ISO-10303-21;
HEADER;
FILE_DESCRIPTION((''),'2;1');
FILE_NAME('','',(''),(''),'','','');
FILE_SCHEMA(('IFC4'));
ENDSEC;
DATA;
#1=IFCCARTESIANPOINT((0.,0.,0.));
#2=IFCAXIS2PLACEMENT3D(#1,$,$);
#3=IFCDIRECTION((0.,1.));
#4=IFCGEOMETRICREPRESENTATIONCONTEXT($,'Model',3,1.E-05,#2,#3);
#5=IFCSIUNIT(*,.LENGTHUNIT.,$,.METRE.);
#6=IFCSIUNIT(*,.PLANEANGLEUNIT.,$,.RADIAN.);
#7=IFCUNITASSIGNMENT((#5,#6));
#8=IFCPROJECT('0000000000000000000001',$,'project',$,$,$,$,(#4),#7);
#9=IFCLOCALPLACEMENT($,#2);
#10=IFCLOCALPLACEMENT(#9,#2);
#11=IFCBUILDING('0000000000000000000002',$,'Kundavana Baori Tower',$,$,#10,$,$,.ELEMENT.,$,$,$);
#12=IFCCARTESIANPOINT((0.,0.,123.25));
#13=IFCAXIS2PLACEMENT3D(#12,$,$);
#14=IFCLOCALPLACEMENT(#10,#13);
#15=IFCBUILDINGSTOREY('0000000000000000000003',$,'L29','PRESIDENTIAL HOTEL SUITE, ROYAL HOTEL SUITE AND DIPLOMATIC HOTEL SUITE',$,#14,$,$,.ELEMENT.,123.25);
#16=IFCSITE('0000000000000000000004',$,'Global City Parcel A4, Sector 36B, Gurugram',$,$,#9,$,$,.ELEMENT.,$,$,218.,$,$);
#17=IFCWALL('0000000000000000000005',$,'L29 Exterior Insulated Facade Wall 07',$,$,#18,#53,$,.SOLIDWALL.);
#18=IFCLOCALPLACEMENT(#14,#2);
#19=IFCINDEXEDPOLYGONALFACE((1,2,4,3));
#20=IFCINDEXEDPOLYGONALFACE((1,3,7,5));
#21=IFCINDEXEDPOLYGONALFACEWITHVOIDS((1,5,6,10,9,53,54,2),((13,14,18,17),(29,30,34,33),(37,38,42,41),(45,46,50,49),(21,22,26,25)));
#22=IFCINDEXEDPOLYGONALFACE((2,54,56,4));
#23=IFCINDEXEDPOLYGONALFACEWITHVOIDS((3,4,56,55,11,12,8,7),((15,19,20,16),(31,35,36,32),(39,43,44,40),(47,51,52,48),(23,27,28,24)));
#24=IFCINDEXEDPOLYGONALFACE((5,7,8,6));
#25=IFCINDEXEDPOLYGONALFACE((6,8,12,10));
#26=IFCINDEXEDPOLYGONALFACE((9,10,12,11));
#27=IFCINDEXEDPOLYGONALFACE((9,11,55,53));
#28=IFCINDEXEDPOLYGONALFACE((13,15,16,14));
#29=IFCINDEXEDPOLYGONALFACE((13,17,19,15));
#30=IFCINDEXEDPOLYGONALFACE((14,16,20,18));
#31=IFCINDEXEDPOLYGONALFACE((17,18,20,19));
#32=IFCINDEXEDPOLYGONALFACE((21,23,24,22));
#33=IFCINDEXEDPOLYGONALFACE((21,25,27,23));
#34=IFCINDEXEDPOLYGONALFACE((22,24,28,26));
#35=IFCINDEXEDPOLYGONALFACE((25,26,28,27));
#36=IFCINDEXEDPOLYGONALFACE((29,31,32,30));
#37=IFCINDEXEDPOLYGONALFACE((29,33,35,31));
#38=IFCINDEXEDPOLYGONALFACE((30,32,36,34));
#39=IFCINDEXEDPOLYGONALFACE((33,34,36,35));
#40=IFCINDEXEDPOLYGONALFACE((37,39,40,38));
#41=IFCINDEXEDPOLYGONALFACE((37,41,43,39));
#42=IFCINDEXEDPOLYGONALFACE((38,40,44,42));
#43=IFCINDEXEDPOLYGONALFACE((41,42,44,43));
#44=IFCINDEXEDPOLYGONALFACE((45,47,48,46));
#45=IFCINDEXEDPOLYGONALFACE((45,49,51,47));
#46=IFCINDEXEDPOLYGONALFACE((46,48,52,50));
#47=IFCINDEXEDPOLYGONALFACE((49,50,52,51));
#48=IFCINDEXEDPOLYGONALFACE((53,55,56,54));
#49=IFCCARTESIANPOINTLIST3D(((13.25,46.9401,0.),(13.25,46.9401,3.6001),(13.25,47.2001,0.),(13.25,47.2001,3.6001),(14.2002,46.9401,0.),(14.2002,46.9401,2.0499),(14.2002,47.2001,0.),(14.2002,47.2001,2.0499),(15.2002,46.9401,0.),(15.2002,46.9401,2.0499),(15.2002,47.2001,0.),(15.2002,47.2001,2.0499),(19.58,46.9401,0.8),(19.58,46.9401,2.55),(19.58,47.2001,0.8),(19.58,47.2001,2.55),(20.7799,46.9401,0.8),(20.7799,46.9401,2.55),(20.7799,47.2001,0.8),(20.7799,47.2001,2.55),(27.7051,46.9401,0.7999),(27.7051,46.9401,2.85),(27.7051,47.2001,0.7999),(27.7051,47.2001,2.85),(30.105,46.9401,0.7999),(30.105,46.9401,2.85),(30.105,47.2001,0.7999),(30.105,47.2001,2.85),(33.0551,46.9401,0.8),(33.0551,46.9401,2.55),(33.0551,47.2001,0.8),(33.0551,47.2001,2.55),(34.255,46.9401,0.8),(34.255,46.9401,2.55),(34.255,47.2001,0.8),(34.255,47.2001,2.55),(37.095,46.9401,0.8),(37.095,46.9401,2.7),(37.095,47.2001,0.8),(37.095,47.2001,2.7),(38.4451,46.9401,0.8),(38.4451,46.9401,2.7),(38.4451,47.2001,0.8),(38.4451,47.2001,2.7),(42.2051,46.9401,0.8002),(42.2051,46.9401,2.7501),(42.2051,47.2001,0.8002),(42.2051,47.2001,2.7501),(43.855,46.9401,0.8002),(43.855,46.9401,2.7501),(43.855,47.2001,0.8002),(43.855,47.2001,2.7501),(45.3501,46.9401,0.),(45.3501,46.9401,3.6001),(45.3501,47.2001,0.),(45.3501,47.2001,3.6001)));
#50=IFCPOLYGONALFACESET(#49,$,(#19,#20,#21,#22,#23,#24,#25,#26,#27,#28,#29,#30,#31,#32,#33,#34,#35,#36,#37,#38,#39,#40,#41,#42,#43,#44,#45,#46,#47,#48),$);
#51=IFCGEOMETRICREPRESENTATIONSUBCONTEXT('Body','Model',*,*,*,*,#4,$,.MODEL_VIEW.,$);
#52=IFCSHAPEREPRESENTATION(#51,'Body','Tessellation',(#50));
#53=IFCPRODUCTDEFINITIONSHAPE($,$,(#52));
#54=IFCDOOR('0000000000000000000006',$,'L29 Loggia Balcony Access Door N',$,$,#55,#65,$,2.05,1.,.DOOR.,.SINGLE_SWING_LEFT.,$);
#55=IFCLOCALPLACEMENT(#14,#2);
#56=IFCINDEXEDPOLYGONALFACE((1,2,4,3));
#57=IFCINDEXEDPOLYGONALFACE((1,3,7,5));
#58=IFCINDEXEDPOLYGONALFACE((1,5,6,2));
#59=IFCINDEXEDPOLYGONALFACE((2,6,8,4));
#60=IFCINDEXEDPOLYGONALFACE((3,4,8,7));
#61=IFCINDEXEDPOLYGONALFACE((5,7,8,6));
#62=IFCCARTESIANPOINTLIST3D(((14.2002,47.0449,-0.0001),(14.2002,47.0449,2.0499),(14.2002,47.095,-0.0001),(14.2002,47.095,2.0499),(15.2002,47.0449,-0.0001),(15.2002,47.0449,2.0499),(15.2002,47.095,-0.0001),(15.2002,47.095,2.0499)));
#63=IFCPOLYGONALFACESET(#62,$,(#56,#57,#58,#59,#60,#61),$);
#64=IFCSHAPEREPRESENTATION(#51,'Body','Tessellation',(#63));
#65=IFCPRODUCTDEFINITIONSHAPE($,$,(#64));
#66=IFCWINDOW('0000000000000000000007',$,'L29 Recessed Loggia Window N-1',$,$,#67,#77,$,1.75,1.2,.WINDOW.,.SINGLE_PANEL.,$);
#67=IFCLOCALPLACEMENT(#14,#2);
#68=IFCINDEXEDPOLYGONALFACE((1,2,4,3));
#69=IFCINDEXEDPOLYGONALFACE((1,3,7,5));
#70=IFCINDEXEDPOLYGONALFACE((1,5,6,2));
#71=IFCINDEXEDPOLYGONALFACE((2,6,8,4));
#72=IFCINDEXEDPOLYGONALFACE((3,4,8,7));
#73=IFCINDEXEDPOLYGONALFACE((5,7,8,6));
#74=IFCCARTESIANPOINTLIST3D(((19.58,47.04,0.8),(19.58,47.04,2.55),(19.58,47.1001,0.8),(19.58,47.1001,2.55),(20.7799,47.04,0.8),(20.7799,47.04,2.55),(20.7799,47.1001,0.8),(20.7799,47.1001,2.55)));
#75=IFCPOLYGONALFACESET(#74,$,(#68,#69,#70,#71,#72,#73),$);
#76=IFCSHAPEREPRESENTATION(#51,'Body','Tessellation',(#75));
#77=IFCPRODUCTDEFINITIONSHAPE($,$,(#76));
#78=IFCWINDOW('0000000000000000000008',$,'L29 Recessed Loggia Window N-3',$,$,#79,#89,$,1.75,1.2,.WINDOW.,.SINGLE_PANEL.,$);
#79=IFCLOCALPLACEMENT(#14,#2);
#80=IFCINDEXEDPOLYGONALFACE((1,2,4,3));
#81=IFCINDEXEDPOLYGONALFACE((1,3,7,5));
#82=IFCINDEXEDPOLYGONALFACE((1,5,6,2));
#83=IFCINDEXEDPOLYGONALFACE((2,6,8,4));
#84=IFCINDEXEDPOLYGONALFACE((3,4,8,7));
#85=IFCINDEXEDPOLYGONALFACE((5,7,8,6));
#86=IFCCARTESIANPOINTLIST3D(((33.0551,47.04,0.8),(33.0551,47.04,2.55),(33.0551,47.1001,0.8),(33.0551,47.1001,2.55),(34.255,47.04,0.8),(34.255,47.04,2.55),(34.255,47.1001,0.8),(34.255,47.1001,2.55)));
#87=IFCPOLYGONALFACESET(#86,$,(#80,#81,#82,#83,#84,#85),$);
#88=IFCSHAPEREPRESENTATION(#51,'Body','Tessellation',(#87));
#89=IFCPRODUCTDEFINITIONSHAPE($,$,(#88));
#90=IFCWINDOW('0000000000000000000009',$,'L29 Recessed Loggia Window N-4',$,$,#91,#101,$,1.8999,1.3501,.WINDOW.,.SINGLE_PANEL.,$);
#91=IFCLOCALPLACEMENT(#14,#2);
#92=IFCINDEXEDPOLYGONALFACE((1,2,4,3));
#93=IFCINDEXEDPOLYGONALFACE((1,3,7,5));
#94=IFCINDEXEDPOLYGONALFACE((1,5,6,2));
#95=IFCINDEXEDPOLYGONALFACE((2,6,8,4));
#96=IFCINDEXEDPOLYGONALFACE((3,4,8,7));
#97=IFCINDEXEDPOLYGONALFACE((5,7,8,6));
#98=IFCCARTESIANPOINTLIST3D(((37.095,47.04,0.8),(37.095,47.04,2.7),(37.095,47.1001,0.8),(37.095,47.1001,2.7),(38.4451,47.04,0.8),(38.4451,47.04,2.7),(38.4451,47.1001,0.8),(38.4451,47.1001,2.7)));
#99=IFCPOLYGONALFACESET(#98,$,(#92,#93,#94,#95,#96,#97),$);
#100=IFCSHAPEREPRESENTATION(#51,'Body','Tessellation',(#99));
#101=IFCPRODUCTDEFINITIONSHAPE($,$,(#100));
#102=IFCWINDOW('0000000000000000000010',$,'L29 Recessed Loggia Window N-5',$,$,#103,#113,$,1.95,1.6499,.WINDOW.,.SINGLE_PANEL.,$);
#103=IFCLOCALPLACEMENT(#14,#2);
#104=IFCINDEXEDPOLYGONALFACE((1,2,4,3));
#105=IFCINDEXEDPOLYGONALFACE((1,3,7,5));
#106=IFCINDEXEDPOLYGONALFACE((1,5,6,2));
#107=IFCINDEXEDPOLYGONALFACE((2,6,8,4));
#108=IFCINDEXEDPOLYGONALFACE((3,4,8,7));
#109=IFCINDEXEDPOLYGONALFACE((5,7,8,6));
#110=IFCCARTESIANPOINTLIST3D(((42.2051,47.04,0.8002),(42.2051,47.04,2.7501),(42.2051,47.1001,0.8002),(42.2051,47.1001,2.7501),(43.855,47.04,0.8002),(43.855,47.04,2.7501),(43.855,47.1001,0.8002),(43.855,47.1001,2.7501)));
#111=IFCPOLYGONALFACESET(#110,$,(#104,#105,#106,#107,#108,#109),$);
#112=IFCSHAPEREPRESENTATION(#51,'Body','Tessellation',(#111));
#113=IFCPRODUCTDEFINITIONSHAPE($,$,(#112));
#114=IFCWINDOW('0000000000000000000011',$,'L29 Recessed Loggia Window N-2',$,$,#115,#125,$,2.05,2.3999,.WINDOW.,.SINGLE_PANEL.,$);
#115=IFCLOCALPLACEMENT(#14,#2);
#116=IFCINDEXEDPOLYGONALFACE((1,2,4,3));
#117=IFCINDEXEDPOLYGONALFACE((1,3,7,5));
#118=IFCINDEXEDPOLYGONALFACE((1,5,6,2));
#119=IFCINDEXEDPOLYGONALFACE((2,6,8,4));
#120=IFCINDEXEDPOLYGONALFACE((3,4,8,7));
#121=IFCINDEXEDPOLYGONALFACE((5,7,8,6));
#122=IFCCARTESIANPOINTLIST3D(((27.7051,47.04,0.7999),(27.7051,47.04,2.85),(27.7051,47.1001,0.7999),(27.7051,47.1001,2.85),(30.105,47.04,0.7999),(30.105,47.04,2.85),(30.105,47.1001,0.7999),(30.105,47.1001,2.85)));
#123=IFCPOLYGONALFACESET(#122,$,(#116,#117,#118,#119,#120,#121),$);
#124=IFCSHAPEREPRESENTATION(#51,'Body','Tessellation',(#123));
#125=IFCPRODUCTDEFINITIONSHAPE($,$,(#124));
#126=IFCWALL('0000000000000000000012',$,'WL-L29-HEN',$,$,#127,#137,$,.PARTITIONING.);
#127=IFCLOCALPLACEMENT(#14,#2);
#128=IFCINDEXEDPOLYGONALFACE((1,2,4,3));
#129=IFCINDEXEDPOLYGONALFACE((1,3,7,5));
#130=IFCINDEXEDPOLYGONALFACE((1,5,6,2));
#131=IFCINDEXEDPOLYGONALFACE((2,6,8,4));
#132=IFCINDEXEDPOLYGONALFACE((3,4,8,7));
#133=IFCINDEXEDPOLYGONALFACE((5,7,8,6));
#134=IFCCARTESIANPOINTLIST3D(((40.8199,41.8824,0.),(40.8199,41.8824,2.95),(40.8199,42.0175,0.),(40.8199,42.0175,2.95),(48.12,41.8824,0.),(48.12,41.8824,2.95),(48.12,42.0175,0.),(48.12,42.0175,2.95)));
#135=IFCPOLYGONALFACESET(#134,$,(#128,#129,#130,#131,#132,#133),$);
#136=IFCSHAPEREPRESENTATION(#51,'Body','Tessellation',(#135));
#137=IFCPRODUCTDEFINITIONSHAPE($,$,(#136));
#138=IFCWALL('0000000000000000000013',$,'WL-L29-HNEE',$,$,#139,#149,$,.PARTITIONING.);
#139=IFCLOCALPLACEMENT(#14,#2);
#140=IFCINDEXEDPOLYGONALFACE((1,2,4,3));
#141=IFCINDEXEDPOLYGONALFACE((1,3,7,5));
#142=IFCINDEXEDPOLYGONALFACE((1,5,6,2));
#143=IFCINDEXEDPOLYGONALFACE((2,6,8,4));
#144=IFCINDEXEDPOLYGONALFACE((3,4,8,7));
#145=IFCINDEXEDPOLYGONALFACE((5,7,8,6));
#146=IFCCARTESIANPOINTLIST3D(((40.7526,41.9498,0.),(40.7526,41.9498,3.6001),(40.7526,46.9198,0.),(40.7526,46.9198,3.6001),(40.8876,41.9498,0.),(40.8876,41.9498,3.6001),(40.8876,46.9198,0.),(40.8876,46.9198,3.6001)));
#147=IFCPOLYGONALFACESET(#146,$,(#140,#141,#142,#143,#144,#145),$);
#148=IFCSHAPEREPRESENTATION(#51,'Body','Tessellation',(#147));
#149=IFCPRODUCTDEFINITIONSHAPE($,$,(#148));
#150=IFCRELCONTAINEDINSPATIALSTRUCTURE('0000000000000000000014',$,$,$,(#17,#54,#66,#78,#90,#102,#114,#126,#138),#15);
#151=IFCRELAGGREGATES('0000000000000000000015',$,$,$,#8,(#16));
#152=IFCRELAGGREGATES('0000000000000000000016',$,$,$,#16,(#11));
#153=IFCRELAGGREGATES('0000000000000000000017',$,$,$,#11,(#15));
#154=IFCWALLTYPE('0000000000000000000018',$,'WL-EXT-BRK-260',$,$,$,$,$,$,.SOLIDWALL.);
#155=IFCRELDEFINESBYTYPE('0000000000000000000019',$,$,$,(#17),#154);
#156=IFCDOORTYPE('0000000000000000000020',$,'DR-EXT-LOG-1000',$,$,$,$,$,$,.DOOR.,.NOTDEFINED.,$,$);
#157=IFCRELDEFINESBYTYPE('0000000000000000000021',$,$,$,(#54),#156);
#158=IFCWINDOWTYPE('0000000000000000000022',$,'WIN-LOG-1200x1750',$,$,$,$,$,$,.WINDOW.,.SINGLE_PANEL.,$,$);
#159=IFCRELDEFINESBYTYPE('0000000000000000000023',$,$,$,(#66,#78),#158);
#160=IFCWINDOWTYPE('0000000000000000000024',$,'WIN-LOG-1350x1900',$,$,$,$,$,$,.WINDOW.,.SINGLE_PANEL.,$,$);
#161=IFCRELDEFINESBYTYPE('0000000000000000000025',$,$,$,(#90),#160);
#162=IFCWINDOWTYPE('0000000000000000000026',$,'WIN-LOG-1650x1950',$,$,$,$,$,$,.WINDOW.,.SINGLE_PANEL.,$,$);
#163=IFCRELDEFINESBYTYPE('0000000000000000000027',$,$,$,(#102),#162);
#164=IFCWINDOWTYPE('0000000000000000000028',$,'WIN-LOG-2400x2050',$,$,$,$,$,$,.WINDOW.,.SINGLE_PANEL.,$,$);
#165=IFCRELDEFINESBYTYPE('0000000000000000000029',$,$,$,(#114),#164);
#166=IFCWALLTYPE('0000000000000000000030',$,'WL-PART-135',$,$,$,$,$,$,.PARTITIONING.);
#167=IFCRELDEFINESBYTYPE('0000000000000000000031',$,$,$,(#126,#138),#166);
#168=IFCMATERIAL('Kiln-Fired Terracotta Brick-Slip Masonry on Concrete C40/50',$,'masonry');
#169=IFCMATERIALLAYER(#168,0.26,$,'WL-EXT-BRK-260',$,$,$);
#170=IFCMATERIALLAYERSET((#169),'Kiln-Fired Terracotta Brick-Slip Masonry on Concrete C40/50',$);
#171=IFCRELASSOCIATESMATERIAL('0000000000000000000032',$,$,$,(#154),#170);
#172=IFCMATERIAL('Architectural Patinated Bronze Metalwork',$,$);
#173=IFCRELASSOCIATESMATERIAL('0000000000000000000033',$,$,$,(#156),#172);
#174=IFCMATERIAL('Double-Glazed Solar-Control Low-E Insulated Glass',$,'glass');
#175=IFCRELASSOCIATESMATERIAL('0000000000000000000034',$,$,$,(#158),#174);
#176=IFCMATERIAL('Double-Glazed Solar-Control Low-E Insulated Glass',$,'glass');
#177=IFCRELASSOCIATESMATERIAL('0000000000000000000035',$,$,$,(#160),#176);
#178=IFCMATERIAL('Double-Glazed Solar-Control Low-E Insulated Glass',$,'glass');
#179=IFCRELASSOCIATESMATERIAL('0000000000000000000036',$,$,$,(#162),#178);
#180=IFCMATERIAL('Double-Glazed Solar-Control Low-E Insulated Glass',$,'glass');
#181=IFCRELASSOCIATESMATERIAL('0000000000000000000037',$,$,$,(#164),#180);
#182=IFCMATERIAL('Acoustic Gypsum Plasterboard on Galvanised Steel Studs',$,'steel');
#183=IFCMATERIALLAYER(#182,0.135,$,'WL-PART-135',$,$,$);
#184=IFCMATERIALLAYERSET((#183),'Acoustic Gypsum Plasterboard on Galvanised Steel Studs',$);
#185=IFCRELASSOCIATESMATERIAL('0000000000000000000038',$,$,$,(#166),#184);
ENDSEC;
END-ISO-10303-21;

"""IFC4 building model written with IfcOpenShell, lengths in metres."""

from ifc_helpers import new_model, si_unit, direction, frame, frame_2d, origin, place, context, subcontext, project, spatial, rectangle, extrude, material, layer, layer_set, type_object, element, fill, save


model = new_model("IFC4")

# Units and contexts
model_context = context("Model", 3, precision=1e-05, world=origin(), true_north=direction((0.0, 1.0)))
body_context = subcontext(model_context, "Body", "Model", "MODEL_VIEW")
ifc_project = project(units=[si_unit("LENGTHUNIT", "METRE"), si_unit("PLANEANGLEUNIT", "RADIAN")], contexts=[model_context])

# Site, building, storey
site_placement = place(None, origin())
site = spatial("IfcSite", under=ifc_project, at=site_placement, Name="Global City Parcel A4, Sector 36B, Gurugram", CompositionType="ELEMENT", RefElevation=218.0)
building_placement = place(site_placement, origin())
building = spatial("IfcBuilding", under=site, at=building_placement, Name="Kundavana Baori Tower", CompositionType="ELEMENT")
storey_placement = place(building_placement, frame((0.0, 0.0, 123.25)))
storey = spatial("IfcBuildingStorey", under=building, at=storey_placement, Name="L29", Description="PRESIDENTIAL HOTEL SUITE, ROYAL HOTEL SUITE AND DIPLOMATIC HOTEL SUITE", CompositionType="ELEMENT", Elevation=123.25)

# Shared definitions
ifc_material_1 = material(Name="Kiln-Fired Terracotta Brick-Slip Masonry on Concrete C40/50", Category="masonry")
ifc_layer_1 = layer(ifc_material_1, 0.26, Name="WL-EXT-BRK-260")
ifc_layer_set_1 = layer_set([ifc_layer_1], Name="Kiln-Fired Terracotta Brick-Slip Masonry on Concrete C40/50")
wall_type_1 = type_object("IfcWallType", Name="WL-EXT-BRK-260", PredefinedType="SOLIDWALL", material=ifc_layer_set_1)

# Wall, openings, door, windows
wall_1_placement = place(storey_placement, frame((45.3501, 47.0701, 0.0), z_axis=(0.0, 0.0, 1.0), x_axis=(-1.0, 0.0, 0.0)))
wall_1 = element("IfcWall", 1, at=wall_1_placement, inside=storey, type_object=wall_type_1, Name="L29 Exterior Insulated Facade Wall 07", PredefinedType="SOLIDWALL", context=body_context, shape_type="SweptSolid", body=[
    extrude(rectangle(XDim=32.1001, YDim=0.26, at=frame_2d((16.05, 0.0))), origin(), (0.0, 0.0, 1.0), 3.6001),
])
opening_1_placement = place(wall_1_placement, frame((30.1499, 0.0, 0.0)))
opening_1 = element("IfcOpeningElement", 2, at=opening_1_placement, cuts=wall_1, PredefinedType="OPENING", context=body_context, shape_type="SweptSolid", body=[
    extrude(rectangle(XDim=1.0, YDim=2.05, at=frame_2d((0.5, 1.0249))), frame((0.0, 0.1401, 0.0), z_axis=(0.0, -1.0, 0.0), x_axis=(1.0, 0.0, 0.0)), (0.0, 0.0, 1.0), 0.28),
])
opening_2_placement = place(wall_1_placement, frame((24.5701, 0.0, 0.8)))
opening_2 = element("IfcOpeningElement", 3, at=opening_2_placement, cuts=wall_1, PredefinedType="OPENING", context=body_context, shape_type="SweptSolid", body=[
    extrude(rectangle(XDim=1.2, YDim=1.75, at=frame_2d((0.6001, 0.875))), frame((0.0, 0.1401, 0.0), z_axis=(0.0, -1.0, 0.0), x_axis=(1.0, 0.0, 0.0)), (0.0, 0.0, 1.0), 0.28),
])
opening_3_placement = place(wall_1_placement, frame((15.2451, 0.0, 0.8)))
opening_3 = element("IfcOpeningElement", 4, at=opening_3_placement, cuts=wall_1, PredefinedType="OPENING", context=body_context, shape_type="SweptSolid", body=[
    extrude(rectangle(XDim=2.3999, YDim=2.05, at=frame_2d((1.2, 1.0249))), frame((0.0, 0.1401, 0.0), z_axis=(0.0, -1.0, 0.0), x_axis=(1.0, 0.0, 0.0)), (0.0, 0.0, 1.0), 0.28),
])
opening_4_placement = place(wall_1_placement, frame((11.095, 0.0, 0.8)))
opening_4 = element("IfcOpeningElement", 5, at=opening_4_placement, cuts=wall_1, PredefinedType="OPENING", context=body_context, shape_type="SweptSolid", body=[
    extrude(rectangle(XDim=1.2, YDim=1.75, at=frame_2d((0.6001, 0.875))), frame((0.0, 0.1401, 0.0), z_axis=(0.0, -1.0, 0.0), x_axis=(1.0, 0.0, 0.0)), (0.0, 0.0, 1.0), 0.28),
])
opening_5_placement = place(wall_1_placement, frame((6.905, 0.0, 0.8)))
opening_5 = element("IfcOpeningElement", 6, at=opening_5_placement, cuts=wall_1, PredefinedType="OPENING", context=body_context, shape_type="SweptSolid", body=[
    extrude(rectangle(XDim=1.3501, YDim=1.8999, at=frame_2d((0.675, 0.95))), frame((0.0, 0.1401, 0.0), z_axis=(0.0, -1.0, 0.0), x_axis=(1.0, 0.0, 0.0)), (0.0, 0.0, 1.0), 0.28),
])
opening_6_placement = place(wall_1_placement, frame((1.4951, 0.0, 0.8)))
opening_6 = element("IfcOpeningElement", 7, at=opening_6_placement, cuts=wall_1, PredefinedType="OPENING", context=body_context, shape_type="SweptSolid", body=[
    extrude(rectangle(XDim=1.6499, YDim=1.95, at=frame_2d((0.825, 0.9751))), frame((0.0, 0.1401, 0.0), z_axis=(0.0, -1.0, 0.0), x_axis=(1.0, 0.0, 0.0)), (0.0, 0.0, 1.0), 0.28),
])
ifc_material_2 = material(Name="Architectural Patinated Bronze Metalwork")
door_type_1 = type_object("IfcDoorType", Name="DR-EXT-LOG-1000", OperationType="NOTDEFINED", PredefinedType="DOOR", material=ifc_material_2)
door_1_placement = place(opening_1_placement, frame((1.0, 0.0, 0.0), z_axis=(0.0, 0.0, 1.0), x_axis=(-1.0, 0.0, 0.0)))
door_1 = element("IfcDoor", 8, at=door_1_placement, inside=storey, type_object=door_type_1, Name="L29 Loggia Balcony Access Door N", OperationType="SINGLE_SWING_LEFT", OverallHeight=2.05, OverallWidth=1.0, PredefinedType="DOOR", context=body_context, shape_type="SweptSolid", body=[
    extrude(rectangle(XDim=1.0, YDim=2.05, at=frame_2d((0.5, 1.0249))), frame((0.0, 0.0249, 0.0), z_axis=(0.0, -1.0, 0.0), x_axis=(1.0, 0.0, 0.0)), (0.0, 0.0, 1.0), 0.05),
])
fill(opening_1, door_1)
ifc_material_3 = material(Name="Double-Glazed Solar-Control Low-E Insulated Glass", Category="glass")
window_type_1 = type_object("IfcWindowType", Name="WIN-LOG-1200x1750", PartitioningType="SINGLE_PANEL", PredefinedType="WINDOW", material=ifc_material_3)
window_1_placement = place(opening_2_placement, origin())
window_1 = element("IfcWindow", 9, at=window_1_placement, inside=storey, type_object=window_type_1, Name="L29 Recessed Loggia Window N-1", OverallHeight=1.75, OverallWidth=1.2, PartitioningType="SINGLE_PANEL", PredefinedType="WINDOW", context=body_context, shape_type="SweptSolid", body=[
    extrude(rectangle(XDim=1.2, YDim=1.75, at=frame_2d((0.6001, 0.875))), frame((0.0, 0.03, 0.0), z_axis=(0.0, -1.0, 0.0), x_axis=(1.0, 0.0, 0.0)), (0.0, 0.0, 1.0), 0.0601),
])
fill(opening_2, window_1)
window_2_placement = place(opening_4_placement, origin())
window_2 = element("IfcWindow", 10, at=window_2_placement, inside=storey, type_object=window_type_1, Name="L29 Recessed Loggia Window N-3", OverallHeight=1.75, OverallWidth=1.2, PartitioningType="SINGLE_PANEL", PredefinedType="WINDOW", context=body_context, shape_type="SweptSolid", body=[
    extrude(rectangle(XDim=1.2, YDim=1.75, at=frame_2d((0.6001, 0.875))), frame((0.0, 0.03, 0.0), z_axis=(0.0, -1.0, 0.0), x_axis=(1.0, 0.0, 0.0)), (0.0, 0.0, 1.0), 0.0601),
])
fill(opening_4, window_2)
ifc_material_4 = material(Name="Double-Glazed Solar-Control Low-E Insulated Glass", Category="glass")
window_type_2 = type_object("IfcWindowType", Name="WIN-LOG-1350x1900", PartitioningType="SINGLE_PANEL", PredefinedType="WINDOW", material=ifc_material_4)
window_3_placement = place(opening_5_placement, origin())
window_3 = element("IfcWindow", 11, at=window_3_placement, inside=storey, type_object=window_type_2, Name="L29 Recessed Loggia Window N-4", OverallHeight=1.8999, OverallWidth=1.3501, PartitioningType="SINGLE_PANEL", PredefinedType="WINDOW", context=body_context, shape_type="SweptSolid", body=[
    extrude(rectangle(XDim=1.3501, YDim=1.8999, at=frame_2d((0.675, 0.95))), frame((0.0, 0.03, 0.0), z_axis=(0.0, -1.0, 0.0), x_axis=(1.0, 0.0, 0.0)), (0.0, 0.0, 1.0), 0.0601),
])
fill(opening_5, window_3)
ifc_material_5 = material(Name="Double-Glazed Solar-Control Low-E Insulated Glass", Category="glass")
window_type_3 = type_object("IfcWindowType", Name="WIN-LOG-1650x1950", PartitioningType="SINGLE_PANEL", PredefinedType="WINDOW", material=ifc_material_5)
window_4_placement = place(opening_6_placement, origin())
window_4 = element("IfcWindow", 12, at=window_4_placement, inside=storey, type_object=window_type_3, Name="L29 Recessed Loggia Window N-5", OverallHeight=1.95, OverallWidth=1.6499, PartitioningType="SINGLE_PANEL", PredefinedType="WINDOW", context=body_context, shape_type="SweptSolid", body=[
    extrude(rectangle(XDim=1.6499, YDim=1.95, at=frame_2d((0.825, 0.9751))), frame((0.0, 0.03, 0.0), z_axis=(0.0, -1.0, 0.0), x_axis=(1.0, 0.0, 0.0)), (0.0, 0.0, 1.0), 0.0601),
])
fill(opening_6, window_4)
ifc_material_6 = material(Name="Double-Glazed Solar-Control Low-E Insulated Glass", Category="glass")
window_type_4 = type_object("IfcWindowType", Name="WIN-LOG-2400x2050", PartitioningType="SINGLE_PANEL", PredefinedType="WINDOW", material=ifc_material_6)
window_5_placement = place(opening_3_placement, origin())
window_5 = element("IfcWindow", 13, at=window_5_placement, inside=storey, type_object=window_type_4, Name="L29 Recessed Loggia Window N-2", OverallHeight=2.05, OverallWidth=2.3999, PartitioningType="SINGLE_PANEL", PredefinedType="WINDOW", context=body_context, shape_type="SweptSolid", body=[
    extrude(rectangle(XDim=2.3999, YDim=2.05, at=frame_2d((1.2, 1.0249))), frame((0.0, 0.03, 0.0), z_axis=(0.0, -1.0, 0.0), x_axis=(1.0, 0.0, 0.0)), (0.0, 0.0, 1.0), 0.0601),
])
fill(opening_3, window_5)

# Walls
ifc_material_7 = material(Name="Acoustic Gypsum Plasterboard on Galvanised Steel Studs", Category="steel")
ifc_layer_2 = layer(ifc_material_7, 0.135, Name="WL-PART-135")
ifc_layer_set_2 = layer_set([ifc_layer_2], Name="Acoustic Gypsum Plasterboard on Galvanised Steel Studs")
wall_type_2 = type_object("IfcWallType", Name="WL-PART-135", PredefinedType="PARTITIONING", material=ifc_layer_set_2)
wall_2_placement = place(storey_placement, frame((40.8201, 41.95, 0.0), z_axis=(0.0, 0.0, 1.0), x_axis=(1.0, 0.0, 0.0)))
element("IfcWall", 14, at=wall_2_placement, inside=storey, type_object=wall_type_2, Name="WL-L29-HEN", PredefinedType="PARTITIONING", context=body_context, shape_type="SweptSolid", body=[
    extrude(rectangle(XDim=7.3, YDim=0.135, at=frame_2d((3.6499, 0.0))), origin(), (0.0, 0.0, 1.0), 2.95),
])
wall_3_placement = place(storey_placement, frame((40.8201, 41.95, 0.0), z_axis=(0.0, 0.0, 1.0), x_axis=(0.0, 1.0, 0.0)))
element("IfcWall", 15, at=wall_3_placement, inside=storey, type_object=wall_type_2, Name="WL-L29-HNEE", PredefinedType="PARTITIONING", context=body_context, shape_type="SweptSolid", body=[
    extrude(rectangle(XDim=4.97, YDim=0.135, at=frame_2d((2.4849, 0.0))), origin(), (0.0, 0.0, 1.0), 3.6001),
])

save(model, "model.ifc")
